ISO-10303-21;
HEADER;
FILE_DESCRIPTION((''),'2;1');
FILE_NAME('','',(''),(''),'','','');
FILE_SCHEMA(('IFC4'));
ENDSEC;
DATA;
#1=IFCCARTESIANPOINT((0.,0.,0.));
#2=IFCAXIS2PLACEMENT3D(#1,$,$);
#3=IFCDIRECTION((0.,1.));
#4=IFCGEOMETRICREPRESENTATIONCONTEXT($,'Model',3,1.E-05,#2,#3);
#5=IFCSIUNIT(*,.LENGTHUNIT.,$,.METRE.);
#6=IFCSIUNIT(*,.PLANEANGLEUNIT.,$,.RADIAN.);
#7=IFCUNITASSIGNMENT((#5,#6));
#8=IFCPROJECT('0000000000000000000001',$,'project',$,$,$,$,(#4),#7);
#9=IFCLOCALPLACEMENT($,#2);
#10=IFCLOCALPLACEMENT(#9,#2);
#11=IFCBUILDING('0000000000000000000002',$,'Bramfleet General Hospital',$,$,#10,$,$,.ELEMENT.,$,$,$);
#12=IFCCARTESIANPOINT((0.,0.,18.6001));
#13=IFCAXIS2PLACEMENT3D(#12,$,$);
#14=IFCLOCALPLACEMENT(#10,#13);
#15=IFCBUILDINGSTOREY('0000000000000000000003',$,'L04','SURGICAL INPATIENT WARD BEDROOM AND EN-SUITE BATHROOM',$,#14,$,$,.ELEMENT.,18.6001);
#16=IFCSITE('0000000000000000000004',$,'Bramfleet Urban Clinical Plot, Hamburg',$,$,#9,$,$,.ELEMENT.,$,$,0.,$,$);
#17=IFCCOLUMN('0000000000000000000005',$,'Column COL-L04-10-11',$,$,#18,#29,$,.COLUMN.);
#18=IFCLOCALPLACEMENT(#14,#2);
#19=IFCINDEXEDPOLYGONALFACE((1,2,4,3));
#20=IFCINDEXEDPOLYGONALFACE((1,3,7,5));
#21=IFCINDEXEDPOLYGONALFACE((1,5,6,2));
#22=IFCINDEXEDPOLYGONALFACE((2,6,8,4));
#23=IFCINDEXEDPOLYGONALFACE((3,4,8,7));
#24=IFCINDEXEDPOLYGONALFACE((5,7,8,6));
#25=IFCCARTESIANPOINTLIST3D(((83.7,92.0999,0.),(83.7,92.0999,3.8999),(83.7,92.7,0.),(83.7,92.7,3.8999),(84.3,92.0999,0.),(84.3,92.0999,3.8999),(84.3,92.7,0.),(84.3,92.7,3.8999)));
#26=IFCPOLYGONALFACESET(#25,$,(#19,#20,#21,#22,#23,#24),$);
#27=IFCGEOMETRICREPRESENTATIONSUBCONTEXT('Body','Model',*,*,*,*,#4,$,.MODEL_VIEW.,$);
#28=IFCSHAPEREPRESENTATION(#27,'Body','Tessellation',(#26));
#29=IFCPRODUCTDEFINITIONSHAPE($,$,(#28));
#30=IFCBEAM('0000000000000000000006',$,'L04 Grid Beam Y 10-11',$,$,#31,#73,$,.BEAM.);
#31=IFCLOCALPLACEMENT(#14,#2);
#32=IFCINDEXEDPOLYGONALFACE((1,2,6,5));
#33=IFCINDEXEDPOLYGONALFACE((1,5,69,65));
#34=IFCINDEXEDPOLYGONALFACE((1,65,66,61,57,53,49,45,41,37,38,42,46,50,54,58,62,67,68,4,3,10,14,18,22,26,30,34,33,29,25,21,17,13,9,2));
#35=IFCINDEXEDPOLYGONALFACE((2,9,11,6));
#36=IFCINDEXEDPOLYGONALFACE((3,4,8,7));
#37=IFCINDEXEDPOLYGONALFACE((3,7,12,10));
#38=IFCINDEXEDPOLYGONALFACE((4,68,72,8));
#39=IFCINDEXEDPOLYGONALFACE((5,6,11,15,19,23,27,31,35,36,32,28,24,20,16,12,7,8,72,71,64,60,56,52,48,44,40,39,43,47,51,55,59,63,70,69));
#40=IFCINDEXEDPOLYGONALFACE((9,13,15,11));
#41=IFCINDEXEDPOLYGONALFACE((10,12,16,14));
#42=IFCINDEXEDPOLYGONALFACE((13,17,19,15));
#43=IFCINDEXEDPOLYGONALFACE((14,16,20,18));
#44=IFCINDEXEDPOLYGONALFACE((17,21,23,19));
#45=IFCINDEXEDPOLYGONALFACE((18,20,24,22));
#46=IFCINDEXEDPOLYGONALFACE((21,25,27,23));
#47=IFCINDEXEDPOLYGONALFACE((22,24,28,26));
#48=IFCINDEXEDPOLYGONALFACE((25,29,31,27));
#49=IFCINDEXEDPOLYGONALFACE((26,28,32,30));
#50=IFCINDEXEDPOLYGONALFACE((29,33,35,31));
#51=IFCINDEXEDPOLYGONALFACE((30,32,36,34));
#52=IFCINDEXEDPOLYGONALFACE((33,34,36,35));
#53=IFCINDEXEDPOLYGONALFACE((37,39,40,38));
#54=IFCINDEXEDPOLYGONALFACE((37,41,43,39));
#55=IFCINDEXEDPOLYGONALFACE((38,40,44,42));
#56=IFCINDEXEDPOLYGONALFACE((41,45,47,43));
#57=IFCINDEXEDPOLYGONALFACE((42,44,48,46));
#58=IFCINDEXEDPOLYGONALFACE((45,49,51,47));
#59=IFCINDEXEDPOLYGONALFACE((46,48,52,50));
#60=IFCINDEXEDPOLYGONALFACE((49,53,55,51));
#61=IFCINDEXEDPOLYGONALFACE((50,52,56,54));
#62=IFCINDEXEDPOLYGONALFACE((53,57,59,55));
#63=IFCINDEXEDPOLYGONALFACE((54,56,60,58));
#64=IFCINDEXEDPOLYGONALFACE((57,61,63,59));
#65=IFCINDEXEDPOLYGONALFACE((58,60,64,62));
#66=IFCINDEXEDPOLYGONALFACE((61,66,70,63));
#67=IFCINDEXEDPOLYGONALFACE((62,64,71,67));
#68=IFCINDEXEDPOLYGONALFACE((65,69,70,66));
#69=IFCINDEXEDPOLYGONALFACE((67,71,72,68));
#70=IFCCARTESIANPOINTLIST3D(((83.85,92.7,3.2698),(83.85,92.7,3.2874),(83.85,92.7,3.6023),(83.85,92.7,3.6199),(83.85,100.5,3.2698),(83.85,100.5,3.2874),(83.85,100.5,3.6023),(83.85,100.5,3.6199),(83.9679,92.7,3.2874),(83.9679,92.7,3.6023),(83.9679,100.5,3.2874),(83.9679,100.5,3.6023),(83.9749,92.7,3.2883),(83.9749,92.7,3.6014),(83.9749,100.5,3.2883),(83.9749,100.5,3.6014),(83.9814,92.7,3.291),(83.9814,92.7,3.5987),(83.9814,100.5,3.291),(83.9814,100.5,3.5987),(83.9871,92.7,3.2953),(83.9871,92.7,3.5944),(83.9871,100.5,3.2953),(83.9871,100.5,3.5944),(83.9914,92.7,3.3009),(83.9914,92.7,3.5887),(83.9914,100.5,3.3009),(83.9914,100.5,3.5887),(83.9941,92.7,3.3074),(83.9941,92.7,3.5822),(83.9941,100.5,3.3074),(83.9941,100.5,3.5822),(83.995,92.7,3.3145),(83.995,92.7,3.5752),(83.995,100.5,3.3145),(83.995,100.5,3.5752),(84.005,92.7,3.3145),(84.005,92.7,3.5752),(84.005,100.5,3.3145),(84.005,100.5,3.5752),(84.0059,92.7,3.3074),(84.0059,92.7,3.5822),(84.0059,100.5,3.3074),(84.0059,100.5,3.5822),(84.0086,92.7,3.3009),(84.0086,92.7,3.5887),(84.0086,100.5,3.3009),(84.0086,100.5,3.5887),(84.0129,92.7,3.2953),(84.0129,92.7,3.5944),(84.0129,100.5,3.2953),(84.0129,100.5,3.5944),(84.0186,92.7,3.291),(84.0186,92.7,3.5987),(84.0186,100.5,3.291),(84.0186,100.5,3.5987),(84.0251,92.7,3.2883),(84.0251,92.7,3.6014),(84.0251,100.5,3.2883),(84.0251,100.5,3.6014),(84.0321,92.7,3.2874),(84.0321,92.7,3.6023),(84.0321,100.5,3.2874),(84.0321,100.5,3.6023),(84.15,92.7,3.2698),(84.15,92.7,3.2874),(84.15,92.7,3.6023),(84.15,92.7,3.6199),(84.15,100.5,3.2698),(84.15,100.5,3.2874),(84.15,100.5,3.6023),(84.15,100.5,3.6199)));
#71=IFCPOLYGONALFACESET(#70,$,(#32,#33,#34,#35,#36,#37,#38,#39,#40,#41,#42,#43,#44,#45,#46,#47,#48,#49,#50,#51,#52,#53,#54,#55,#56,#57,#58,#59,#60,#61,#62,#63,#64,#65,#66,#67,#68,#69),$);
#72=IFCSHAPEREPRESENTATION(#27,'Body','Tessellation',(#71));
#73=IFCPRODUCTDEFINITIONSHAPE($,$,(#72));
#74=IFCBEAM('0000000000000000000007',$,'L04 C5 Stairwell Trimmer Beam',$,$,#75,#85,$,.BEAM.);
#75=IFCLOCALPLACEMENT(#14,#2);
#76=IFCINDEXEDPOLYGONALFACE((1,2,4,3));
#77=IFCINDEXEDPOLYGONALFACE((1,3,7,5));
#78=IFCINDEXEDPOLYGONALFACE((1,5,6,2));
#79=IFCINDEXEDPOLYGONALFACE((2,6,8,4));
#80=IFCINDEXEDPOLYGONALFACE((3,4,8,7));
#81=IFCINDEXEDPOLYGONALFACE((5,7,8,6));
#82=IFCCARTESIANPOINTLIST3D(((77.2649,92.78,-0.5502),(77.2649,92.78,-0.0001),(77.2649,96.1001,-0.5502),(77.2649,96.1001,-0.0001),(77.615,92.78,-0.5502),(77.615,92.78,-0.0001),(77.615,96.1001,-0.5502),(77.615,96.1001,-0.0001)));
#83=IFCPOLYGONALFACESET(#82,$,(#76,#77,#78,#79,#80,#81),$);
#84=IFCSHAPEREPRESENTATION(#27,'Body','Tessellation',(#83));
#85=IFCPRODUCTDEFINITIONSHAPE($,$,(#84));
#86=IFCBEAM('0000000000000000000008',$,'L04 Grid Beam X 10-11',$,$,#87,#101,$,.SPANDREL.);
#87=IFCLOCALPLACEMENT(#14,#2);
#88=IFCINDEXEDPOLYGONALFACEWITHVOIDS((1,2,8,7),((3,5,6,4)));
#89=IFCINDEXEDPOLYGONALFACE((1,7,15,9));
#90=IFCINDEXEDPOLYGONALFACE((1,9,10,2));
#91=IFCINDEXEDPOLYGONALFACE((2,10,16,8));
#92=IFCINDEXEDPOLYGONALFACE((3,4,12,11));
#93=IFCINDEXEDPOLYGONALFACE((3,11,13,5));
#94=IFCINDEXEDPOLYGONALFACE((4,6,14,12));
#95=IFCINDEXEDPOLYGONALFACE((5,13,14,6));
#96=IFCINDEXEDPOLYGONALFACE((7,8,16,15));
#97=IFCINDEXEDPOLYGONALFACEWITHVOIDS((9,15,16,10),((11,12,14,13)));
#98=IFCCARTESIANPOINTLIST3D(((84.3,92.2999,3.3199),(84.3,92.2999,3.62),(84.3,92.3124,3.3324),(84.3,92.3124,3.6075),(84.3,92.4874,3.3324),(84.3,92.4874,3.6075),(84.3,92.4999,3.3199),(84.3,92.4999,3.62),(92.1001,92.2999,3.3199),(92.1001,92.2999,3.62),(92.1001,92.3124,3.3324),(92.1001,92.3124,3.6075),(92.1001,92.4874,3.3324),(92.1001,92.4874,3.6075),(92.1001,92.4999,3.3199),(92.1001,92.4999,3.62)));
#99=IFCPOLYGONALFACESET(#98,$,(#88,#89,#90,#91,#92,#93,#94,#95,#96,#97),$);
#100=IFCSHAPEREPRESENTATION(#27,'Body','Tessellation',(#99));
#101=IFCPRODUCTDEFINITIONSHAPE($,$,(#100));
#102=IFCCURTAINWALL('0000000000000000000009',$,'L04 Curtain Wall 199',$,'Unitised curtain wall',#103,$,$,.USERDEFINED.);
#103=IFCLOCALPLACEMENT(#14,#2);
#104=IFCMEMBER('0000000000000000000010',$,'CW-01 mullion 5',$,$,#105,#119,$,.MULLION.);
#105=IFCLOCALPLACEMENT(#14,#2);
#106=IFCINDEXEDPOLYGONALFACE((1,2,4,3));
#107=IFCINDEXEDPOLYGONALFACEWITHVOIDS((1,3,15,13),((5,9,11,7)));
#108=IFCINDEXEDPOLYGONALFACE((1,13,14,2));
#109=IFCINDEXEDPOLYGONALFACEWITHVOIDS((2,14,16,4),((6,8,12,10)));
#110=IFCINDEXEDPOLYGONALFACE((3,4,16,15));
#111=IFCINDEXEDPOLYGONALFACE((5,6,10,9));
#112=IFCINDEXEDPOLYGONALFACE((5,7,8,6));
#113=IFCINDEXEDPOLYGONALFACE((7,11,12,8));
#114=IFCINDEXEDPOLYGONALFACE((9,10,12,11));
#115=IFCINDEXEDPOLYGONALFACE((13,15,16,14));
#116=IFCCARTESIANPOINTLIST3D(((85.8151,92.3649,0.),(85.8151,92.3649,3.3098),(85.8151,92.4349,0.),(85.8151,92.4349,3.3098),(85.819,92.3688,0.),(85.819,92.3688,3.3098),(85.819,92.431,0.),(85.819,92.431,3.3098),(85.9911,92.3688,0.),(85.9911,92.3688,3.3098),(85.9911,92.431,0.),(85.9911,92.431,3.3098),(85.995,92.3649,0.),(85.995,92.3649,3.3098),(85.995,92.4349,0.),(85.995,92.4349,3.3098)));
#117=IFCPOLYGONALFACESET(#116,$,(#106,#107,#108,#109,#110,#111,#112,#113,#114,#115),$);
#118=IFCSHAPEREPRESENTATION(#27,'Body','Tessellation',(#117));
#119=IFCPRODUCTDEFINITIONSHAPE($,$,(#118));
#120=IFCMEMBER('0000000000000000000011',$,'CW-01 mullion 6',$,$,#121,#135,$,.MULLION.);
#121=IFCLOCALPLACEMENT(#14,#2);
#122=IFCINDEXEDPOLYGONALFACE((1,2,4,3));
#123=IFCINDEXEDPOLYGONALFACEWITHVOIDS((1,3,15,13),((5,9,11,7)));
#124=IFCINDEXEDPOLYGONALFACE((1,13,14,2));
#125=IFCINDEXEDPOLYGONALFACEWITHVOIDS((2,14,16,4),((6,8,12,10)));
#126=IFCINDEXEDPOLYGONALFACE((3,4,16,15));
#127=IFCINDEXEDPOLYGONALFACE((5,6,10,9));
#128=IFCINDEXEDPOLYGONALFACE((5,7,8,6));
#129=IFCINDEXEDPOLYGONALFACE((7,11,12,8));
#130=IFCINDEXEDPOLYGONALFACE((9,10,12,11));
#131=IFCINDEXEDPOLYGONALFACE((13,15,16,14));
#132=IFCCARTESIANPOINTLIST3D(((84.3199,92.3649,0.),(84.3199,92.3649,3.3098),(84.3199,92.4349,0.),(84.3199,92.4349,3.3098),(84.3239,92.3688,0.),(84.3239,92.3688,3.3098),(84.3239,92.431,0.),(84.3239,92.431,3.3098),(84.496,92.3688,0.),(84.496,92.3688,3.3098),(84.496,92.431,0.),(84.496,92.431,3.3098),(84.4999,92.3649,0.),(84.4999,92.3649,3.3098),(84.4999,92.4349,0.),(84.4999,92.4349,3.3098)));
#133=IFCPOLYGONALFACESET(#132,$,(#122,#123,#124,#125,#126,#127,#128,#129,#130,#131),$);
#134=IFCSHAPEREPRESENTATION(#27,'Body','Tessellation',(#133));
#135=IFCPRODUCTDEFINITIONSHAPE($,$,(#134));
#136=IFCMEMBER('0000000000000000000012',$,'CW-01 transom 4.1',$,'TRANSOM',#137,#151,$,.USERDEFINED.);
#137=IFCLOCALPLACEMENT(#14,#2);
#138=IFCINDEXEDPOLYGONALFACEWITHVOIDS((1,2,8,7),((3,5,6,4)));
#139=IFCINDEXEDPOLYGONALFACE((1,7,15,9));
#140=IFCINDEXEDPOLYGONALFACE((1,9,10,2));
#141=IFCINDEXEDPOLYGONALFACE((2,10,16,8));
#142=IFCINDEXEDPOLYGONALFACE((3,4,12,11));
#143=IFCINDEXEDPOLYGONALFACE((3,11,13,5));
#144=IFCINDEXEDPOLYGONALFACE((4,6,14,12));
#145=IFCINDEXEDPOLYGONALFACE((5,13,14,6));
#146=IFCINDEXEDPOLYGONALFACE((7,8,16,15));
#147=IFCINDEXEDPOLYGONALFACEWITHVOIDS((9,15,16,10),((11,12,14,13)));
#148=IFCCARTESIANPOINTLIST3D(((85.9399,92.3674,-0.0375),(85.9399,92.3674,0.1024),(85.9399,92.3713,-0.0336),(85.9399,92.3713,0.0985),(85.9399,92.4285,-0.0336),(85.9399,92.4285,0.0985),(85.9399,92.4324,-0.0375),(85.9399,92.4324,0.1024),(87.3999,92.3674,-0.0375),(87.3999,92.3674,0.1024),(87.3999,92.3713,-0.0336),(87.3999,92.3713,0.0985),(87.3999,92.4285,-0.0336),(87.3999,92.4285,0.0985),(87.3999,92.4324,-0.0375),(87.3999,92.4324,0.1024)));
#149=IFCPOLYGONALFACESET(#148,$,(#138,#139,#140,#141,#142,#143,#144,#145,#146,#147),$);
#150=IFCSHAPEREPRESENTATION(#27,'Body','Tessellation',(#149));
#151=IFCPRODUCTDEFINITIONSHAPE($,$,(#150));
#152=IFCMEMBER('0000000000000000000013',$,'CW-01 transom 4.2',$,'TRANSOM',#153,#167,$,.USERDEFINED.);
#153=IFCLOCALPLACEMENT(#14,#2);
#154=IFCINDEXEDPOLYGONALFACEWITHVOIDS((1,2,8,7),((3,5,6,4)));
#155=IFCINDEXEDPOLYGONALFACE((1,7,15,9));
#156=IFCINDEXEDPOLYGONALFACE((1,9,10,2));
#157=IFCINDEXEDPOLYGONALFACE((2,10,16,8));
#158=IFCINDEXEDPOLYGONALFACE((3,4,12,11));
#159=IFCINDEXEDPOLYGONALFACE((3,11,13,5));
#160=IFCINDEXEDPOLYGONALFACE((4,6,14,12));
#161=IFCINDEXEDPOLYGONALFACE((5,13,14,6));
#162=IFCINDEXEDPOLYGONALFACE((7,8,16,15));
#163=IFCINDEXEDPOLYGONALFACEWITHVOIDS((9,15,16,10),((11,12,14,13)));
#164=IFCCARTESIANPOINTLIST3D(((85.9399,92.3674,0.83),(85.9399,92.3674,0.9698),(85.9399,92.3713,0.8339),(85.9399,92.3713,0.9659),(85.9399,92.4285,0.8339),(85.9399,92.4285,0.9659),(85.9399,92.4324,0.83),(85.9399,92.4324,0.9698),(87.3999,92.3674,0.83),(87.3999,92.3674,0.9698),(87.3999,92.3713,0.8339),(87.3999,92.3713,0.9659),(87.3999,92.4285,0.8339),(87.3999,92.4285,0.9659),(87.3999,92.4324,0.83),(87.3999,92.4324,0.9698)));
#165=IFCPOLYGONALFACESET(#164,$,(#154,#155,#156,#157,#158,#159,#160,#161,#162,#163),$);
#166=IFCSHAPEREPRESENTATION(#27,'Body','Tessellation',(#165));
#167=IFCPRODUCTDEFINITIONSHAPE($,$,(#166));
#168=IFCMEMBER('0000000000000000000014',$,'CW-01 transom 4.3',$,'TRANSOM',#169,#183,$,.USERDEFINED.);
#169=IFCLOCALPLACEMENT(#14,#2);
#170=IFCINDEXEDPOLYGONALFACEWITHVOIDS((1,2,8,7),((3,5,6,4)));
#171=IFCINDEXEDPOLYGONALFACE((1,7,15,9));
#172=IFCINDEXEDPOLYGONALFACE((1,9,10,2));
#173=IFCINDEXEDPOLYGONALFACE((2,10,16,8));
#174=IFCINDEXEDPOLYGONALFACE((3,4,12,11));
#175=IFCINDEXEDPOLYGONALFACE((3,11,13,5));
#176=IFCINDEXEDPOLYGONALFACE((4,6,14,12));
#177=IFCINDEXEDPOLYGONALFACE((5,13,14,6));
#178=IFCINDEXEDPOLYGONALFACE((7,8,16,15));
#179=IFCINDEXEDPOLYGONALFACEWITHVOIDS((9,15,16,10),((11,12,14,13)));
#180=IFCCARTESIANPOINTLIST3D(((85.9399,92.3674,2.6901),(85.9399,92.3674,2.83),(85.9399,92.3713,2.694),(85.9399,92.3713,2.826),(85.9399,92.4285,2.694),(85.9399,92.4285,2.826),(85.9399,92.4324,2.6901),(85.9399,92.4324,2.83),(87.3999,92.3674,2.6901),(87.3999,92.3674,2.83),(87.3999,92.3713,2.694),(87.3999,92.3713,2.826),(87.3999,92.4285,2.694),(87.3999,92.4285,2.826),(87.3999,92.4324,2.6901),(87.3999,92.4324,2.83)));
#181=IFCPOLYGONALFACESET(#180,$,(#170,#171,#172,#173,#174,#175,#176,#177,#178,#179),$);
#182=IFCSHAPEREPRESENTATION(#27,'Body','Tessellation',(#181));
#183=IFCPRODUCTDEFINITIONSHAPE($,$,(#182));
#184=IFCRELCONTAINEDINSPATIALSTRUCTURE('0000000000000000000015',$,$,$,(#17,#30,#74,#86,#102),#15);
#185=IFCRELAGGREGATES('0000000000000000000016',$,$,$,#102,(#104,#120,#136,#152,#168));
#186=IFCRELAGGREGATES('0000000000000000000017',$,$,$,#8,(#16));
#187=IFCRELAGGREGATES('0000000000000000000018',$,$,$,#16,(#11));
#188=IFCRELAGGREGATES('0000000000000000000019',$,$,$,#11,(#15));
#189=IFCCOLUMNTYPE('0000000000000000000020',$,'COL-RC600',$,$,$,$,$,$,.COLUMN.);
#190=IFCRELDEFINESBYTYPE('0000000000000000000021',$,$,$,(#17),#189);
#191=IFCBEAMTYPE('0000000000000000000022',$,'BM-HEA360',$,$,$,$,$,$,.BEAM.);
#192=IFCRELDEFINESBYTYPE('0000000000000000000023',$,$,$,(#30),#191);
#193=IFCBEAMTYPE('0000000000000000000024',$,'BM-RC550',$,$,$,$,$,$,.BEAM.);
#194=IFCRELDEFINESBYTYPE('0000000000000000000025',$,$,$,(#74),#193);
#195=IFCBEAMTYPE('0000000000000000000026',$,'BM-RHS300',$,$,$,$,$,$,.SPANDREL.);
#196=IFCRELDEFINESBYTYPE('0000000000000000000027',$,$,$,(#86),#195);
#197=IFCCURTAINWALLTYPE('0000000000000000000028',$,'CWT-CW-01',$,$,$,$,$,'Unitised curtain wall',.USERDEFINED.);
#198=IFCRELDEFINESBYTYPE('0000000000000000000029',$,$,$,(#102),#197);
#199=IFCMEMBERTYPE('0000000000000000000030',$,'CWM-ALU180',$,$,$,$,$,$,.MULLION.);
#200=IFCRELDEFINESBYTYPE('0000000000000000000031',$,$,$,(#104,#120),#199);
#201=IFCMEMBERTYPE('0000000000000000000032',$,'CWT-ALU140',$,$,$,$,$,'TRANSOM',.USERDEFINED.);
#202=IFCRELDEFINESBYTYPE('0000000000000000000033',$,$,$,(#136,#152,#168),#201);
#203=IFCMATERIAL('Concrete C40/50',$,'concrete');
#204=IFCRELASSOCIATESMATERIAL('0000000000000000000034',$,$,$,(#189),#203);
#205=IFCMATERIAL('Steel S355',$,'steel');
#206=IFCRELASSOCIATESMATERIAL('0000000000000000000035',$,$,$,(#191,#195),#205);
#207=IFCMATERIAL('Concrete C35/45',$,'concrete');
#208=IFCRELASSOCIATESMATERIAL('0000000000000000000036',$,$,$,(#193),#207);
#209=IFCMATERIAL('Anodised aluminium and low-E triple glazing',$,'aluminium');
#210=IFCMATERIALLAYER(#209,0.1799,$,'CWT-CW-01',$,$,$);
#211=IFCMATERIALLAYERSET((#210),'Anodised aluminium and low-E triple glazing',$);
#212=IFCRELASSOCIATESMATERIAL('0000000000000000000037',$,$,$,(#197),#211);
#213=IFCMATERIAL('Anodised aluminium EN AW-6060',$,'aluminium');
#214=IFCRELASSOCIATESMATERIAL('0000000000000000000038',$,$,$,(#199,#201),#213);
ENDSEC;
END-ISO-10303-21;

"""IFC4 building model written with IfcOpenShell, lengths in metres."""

from ifc_helpers import new_model, si_unit, direction, frame, origin, origin_2d, place, context, subcontext, project, spatial, rectangle, hollow_rectangle, i_section, extrude, material, layer, layer_set, material_profile, profile_set, type_object, element, aggregate, save


model = new_model("IFC4")

# Units and contexts
model_context = context("Model", 3, precision=1e-05, world=origin(), true_north=direction((0.0, 1.0)))
body_context = subcontext(model_context, "Body", "Model", "MODEL_VIEW")
ifc_project = project(units=[si_unit("LENGTHUNIT", "METRE"), si_unit("PLANEANGLEUNIT", "RADIAN")], contexts=[model_context])

# Site, building, storey
site_placement = place(None, origin())
site = spatial("IfcSite", under=ifc_project, at=site_placement, Name="Bramfleet Urban Clinical Plot, Hamburg", CompositionType="ELEMENT", RefElevation=0.0)
building_placement = place(site_placement, origin())
building = spatial("IfcBuilding", under=site, at=building_placement, Name="Bramfleet General Hospital", CompositionType="ELEMENT")
storey_placement = place(building_placement, frame((0.0, 0.0, 18.6001)))
storey = spatial("IfcBuildingStorey", under=building, at=storey_placement, Name="L04", Description="SURGICAL INPATIENT WARD BEDROOM AND EN-SUITE BATHROOM", CompositionType="ELEMENT", Elevation=18.6001)

# Column
ifc_material_1 = material(Name="Concrete C40/50", Category="concrete")
ifc_material_profile_1 = material_profile(ifc_material_1, rectangle(XDim=0.6001, YDim=0.6001, at=origin_2d()), Name="RC COL 600x600")
ifc_profile_set_1 = profile_set([ifc_material_profile_1], Name="Concrete C40/50")
column_type = type_object("IfcColumnType", Name="COL-RC600", PredefinedType="COLUMN", material=ifc_profile_set_1)
column_placement = place(storey_placement, frame((84.0, 92.3999, 0.0), z_axis=(0.0, 0.0, 1.0), x_axis=(1.0, 0.0, 0.0)))
element("IfcColumn", 1, at=column_placement, inside=storey, type_object=column_type, Name="Column COL-L04-10-11", PredefinedType="COLUMN", context=body_context, shape_type="SweptSolid", body=[
    extrude(rectangle(XDim=0.6001, YDim=0.6001, at=origin_2d()), origin(), (0.0, 0.0, 1.0), 3.8999),
])

# Beams
ifc_material_2 = material(Name="Steel S355", Category="steel")
ifc_material_profile_2 = material_profile(ifc_material_2, i_section(OverallWidth=0.3, OverallDepth=0.3501, WebThickness=0.01, FlangeThickness=0.0176, FilletRadius=0.0271, at=origin_2d()), Name="HEA 360")
ifc_profile_set_2 = profile_set([ifc_material_profile_2], Name="Steel S355")
beam_type_1 = type_object("IfcBeamType", Name="BM-HEA360", PredefinedType="BEAM", material=ifc_profile_set_2)
beam_1_placement = place(storey_placement, frame((84.0, 92.7, 3.4448), z_axis=(0.0, 1.0, 0.0), x_axis=(-1.0, 0.0, 0.0)))
element("IfcBeam", 2, at=beam_1_placement, inside=storey, type_object=beam_type_1, Name="L04 Grid Beam Y 10-11", PredefinedType="BEAM", context=body_context, shape_type="SweptSolid", body=[
    extrude(i_section(OverallWidth=0.3, OverallDepth=0.3501, WebThickness=0.01, FlangeThickness=0.0176, FilletRadius=0.0271, at=origin_2d()), origin(), (0.0, 0.0, 1.0), 7.8),
])
ifc_material_3 = material(Name="Concrete C35/45", Category="concrete")
ifc_material_profile_3 = material_profile(ifc_material_3, rectangle(XDim=0.3501, YDim=0.55, at=origin_2d()), Name="RC BM 550x350")
ifc_profile_set_3 = profile_set([ifc_material_profile_3], Name="Concrete C35/45")
beam_type_2 = type_object("IfcBeamType", Name="BM-RC550", PredefinedType="BEAM", material=ifc_profile_set_3)
beam_2_placement = place(storey_placement, frame((77.4399, 92.78, -0.2751), z_axis=(0.0, 1.0, 0.0), x_axis=(-1.0, 0.0, 0.0)))
element("IfcBeam", 3, at=beam_2_placement, inside=storey, type_object=beam_type_2, Name="L04 C5 Stairwell Trimmer Beam", PredefinedType="BEAM", context=body_context, shape_type="SweptSolid", body=[
    extrude(rectangle(XDim=0.3501, YDim=0.55, at=origin_2d()), origin(), (0.0, 0.0, 1.0), 3.3201),
])
ifc_material_profile_4 = material_profile(ifc_material_2, hollow_rectangle(XDim=0.2, YDim=0.3, WallThickness=0.0125, at=origin_2d()), Name="RHS 300x200x12.5")
ifc_profile_set_4 = profile_set([ifc_material_profile_4], Name="Steel S355")
beam_type_3 = type_object("IfcBeamType", Name="BM-RHS300", PredefinedType="SPANDREL", material=ifc_profile_set_4)
beam_3_placement = place(storey_placement, frame((84.3, 92.3999, 3.47), z_axis=(1.0, 0.0, 0.0), x_axis=(0.0, 1.0, 0.0)))
element("IfcBeam", 4, at=beam_3_placement, inside=storey, type_object=beam_type_3, Name="L04 Grid Beam X 10-11", PredefinedType="SPANDREL", context=body_context, shape_type="SweptSolid", body=[
    extrude(hollow_rectangle(XDim=0.2, YDim=0.3, WallThickness=0.0125, at=origin_2d()), origin(), (0.0, 0.0, 1.0), 7.8),
])

# Curtain wall, members
ifc_material_4 = material(Name="Anodised aluminium and low-E triple glazing", Category="aluminium")
ifc_layer_1 = layer(ifc_material_4, 0.1799, Name="CWT-CW-01")
ifc_layer_set_1 = layer_set([ifc_layer_1], Name="Anodised aluminium and low-E triple glazing")
curtain_wall_type = type_object("IfcCurtainWallType", Name="CWT-CW-01", ElementType="Unitised curtain wall", PredefinedType="USERDEFINED", material=ifc_layer_set_1)
curtain_wall_placement = place(storey_placement, origin())
curtain_wall = element("IfcCurtainWall", 5, at=curtain_wall_placement, inside=storey, type_object=curtain_wall_type, Name="L04 Curtain Wall 199", ObjectType="Unitised curtain wall", PredefinedType="USERDEFINED")
ifc_material_5 = material(Name="Anodised aluminium EN AW-6060", Category="aluminium")
ifc_material_profile_5 = material_profile(ifc_material_5, hollow_rectangle(XDim=0.0701, YDim=0.1799, WallThickness=0.0039, at=origin_2d()), Name="ALU 180x70x4.0")
ifc_profile_set_5 = profile_set([ifc_material_profile_5], Name="Anodised aluminium EN AW-6060")
member_type_1 = type_object("IfcMemberType", Name="CWM-ALU180", PredefinedType="MULLION", material=ifc_profile_set_5)
member_1_placement = place(storey_placement, frame((85.905, 92.3999, 0.0), z_axis=(0.0, 0.0, 1.0), x_axis=(0.0, -1.0, 0.0)))
member_1 = element("IfcMember", 6, at=member_1_placement, type_object=member_type_1, Name="CW-01 mullion 5", PredefinedType="MULLION", context=body_context, shape_type="SweptSolid", body=[
    extrude(hollow_rectangle(XDim=0.0701, YDim=0.1799, WallThickness=0.0039, at=origin_2d()), origin(), (0.0, 0.0, 1.0), 3.3098),
])
member_2_placement = place(storey_placement, frame((84.4099, 92.3999, 0.0), z_axis=(0.0, 0.0, 1.0), x_axis=(0.0, -1.0, 0.0)))
member_2 = element("IfcMember", 7, at=member_2_placement, type_object=member_type_1, Name="CW-01 mullion 6", PredefinedType="MULLION", context=body_context, shape_type="SweptSolid", body=[
    extrude(hollow_rectangle(XDim=0.0701, YDim=0.1799, WallThickness=0.0039, at=origin_2d()), origin(), (0.0, 0.0, 1.0), 3.3098),
])
ifc_material_profile_6 = material_profile(ifc_material_5, hollow_rectangle(XDim=0.0649, YDim=0.1399, WallThickness=0.0039, at=origin_2d()), Name="ALU 140x65x4.0")
ifc_profile_set_6 = profile_set([ifc_material_profile_6], Name="Anodised aluminium EN AW-6060")
member_type_2 = type_object("IfcMemberType", Name="CWT-ALU140", ElementType="TRANSOM", PredefinedType="USERDEFINED", material=ifc_profile_set_6)
member_3_placement = place(storey_placement, frame((87.3999, 92.3999, 0.0325), z_axis=(-1.0, 0.0, 0.0), x_axis=(0.0, -1.0, 0.0)))
member_3 = element("IfcMember", 8, at=member_3_placement, type_object=member_type_2, Name="CW-01 transom 4.1", ObjectType="TRANSOM", PredefinedType="USERDEFINED", context=body_context, shape_type="SweptSolid", body=[
    extrude(hollow_rectangle(XDim=0.0649, YDim=0.1399, WallThickness=0.0039, at=origin_2d()), origin(), (0.0, 0.0, 1.0), 1.46),
])
member_4_placement = place(storey_placement, frame((87.3999, 92.3999, 0.8999), z_axis=(-1.0, 0.0, 0.0), x_axis=(0.0, -1.0, 0.0)))
member_4 = element("IfcMember", 9, at=member_4_placement, type_object=member_type_2, Name="CW-01 transom 4.2", ObjectType="TRANSOM", PredefinedType="USERDEFINED", context=body_context, shape_type="SweptSolid", body=[
    extrude(hollow_rectangle(XDim=0.0649, YDim=0.1399, WallThickness=0.0039, at=origin_2d()), origin(), (0.0, 0.0, 1.0), 1.46),
])
member_5_placement = place(storey_placement, frame((87.3999, 92.3999, 2.76), z_axis=(-1.0, 0.0, 0.0), x_axis=(0.0, -1.0, 0.0)))
member_5 = element("IfcMember", 10, at=member_5_placement, type_object=member_type_2, Name="CW-01 transom 4.3", ObjectType="TRANSOM", PredefinedType="USERDEFINED", context=body_context, shape_type="SweptSolid", body=[
    extrude(hollow_rectangle(XDim=0.0649, YDim=0.1399, WallThickness=0.0039, at=origin_2d()), origin(), (0.0, 0.0, 1.0), 1.46),
])
aggregate(curtain_wall, [member_1, member_2, member_3, member_4, member_5])

save(model, "model.ifc")
